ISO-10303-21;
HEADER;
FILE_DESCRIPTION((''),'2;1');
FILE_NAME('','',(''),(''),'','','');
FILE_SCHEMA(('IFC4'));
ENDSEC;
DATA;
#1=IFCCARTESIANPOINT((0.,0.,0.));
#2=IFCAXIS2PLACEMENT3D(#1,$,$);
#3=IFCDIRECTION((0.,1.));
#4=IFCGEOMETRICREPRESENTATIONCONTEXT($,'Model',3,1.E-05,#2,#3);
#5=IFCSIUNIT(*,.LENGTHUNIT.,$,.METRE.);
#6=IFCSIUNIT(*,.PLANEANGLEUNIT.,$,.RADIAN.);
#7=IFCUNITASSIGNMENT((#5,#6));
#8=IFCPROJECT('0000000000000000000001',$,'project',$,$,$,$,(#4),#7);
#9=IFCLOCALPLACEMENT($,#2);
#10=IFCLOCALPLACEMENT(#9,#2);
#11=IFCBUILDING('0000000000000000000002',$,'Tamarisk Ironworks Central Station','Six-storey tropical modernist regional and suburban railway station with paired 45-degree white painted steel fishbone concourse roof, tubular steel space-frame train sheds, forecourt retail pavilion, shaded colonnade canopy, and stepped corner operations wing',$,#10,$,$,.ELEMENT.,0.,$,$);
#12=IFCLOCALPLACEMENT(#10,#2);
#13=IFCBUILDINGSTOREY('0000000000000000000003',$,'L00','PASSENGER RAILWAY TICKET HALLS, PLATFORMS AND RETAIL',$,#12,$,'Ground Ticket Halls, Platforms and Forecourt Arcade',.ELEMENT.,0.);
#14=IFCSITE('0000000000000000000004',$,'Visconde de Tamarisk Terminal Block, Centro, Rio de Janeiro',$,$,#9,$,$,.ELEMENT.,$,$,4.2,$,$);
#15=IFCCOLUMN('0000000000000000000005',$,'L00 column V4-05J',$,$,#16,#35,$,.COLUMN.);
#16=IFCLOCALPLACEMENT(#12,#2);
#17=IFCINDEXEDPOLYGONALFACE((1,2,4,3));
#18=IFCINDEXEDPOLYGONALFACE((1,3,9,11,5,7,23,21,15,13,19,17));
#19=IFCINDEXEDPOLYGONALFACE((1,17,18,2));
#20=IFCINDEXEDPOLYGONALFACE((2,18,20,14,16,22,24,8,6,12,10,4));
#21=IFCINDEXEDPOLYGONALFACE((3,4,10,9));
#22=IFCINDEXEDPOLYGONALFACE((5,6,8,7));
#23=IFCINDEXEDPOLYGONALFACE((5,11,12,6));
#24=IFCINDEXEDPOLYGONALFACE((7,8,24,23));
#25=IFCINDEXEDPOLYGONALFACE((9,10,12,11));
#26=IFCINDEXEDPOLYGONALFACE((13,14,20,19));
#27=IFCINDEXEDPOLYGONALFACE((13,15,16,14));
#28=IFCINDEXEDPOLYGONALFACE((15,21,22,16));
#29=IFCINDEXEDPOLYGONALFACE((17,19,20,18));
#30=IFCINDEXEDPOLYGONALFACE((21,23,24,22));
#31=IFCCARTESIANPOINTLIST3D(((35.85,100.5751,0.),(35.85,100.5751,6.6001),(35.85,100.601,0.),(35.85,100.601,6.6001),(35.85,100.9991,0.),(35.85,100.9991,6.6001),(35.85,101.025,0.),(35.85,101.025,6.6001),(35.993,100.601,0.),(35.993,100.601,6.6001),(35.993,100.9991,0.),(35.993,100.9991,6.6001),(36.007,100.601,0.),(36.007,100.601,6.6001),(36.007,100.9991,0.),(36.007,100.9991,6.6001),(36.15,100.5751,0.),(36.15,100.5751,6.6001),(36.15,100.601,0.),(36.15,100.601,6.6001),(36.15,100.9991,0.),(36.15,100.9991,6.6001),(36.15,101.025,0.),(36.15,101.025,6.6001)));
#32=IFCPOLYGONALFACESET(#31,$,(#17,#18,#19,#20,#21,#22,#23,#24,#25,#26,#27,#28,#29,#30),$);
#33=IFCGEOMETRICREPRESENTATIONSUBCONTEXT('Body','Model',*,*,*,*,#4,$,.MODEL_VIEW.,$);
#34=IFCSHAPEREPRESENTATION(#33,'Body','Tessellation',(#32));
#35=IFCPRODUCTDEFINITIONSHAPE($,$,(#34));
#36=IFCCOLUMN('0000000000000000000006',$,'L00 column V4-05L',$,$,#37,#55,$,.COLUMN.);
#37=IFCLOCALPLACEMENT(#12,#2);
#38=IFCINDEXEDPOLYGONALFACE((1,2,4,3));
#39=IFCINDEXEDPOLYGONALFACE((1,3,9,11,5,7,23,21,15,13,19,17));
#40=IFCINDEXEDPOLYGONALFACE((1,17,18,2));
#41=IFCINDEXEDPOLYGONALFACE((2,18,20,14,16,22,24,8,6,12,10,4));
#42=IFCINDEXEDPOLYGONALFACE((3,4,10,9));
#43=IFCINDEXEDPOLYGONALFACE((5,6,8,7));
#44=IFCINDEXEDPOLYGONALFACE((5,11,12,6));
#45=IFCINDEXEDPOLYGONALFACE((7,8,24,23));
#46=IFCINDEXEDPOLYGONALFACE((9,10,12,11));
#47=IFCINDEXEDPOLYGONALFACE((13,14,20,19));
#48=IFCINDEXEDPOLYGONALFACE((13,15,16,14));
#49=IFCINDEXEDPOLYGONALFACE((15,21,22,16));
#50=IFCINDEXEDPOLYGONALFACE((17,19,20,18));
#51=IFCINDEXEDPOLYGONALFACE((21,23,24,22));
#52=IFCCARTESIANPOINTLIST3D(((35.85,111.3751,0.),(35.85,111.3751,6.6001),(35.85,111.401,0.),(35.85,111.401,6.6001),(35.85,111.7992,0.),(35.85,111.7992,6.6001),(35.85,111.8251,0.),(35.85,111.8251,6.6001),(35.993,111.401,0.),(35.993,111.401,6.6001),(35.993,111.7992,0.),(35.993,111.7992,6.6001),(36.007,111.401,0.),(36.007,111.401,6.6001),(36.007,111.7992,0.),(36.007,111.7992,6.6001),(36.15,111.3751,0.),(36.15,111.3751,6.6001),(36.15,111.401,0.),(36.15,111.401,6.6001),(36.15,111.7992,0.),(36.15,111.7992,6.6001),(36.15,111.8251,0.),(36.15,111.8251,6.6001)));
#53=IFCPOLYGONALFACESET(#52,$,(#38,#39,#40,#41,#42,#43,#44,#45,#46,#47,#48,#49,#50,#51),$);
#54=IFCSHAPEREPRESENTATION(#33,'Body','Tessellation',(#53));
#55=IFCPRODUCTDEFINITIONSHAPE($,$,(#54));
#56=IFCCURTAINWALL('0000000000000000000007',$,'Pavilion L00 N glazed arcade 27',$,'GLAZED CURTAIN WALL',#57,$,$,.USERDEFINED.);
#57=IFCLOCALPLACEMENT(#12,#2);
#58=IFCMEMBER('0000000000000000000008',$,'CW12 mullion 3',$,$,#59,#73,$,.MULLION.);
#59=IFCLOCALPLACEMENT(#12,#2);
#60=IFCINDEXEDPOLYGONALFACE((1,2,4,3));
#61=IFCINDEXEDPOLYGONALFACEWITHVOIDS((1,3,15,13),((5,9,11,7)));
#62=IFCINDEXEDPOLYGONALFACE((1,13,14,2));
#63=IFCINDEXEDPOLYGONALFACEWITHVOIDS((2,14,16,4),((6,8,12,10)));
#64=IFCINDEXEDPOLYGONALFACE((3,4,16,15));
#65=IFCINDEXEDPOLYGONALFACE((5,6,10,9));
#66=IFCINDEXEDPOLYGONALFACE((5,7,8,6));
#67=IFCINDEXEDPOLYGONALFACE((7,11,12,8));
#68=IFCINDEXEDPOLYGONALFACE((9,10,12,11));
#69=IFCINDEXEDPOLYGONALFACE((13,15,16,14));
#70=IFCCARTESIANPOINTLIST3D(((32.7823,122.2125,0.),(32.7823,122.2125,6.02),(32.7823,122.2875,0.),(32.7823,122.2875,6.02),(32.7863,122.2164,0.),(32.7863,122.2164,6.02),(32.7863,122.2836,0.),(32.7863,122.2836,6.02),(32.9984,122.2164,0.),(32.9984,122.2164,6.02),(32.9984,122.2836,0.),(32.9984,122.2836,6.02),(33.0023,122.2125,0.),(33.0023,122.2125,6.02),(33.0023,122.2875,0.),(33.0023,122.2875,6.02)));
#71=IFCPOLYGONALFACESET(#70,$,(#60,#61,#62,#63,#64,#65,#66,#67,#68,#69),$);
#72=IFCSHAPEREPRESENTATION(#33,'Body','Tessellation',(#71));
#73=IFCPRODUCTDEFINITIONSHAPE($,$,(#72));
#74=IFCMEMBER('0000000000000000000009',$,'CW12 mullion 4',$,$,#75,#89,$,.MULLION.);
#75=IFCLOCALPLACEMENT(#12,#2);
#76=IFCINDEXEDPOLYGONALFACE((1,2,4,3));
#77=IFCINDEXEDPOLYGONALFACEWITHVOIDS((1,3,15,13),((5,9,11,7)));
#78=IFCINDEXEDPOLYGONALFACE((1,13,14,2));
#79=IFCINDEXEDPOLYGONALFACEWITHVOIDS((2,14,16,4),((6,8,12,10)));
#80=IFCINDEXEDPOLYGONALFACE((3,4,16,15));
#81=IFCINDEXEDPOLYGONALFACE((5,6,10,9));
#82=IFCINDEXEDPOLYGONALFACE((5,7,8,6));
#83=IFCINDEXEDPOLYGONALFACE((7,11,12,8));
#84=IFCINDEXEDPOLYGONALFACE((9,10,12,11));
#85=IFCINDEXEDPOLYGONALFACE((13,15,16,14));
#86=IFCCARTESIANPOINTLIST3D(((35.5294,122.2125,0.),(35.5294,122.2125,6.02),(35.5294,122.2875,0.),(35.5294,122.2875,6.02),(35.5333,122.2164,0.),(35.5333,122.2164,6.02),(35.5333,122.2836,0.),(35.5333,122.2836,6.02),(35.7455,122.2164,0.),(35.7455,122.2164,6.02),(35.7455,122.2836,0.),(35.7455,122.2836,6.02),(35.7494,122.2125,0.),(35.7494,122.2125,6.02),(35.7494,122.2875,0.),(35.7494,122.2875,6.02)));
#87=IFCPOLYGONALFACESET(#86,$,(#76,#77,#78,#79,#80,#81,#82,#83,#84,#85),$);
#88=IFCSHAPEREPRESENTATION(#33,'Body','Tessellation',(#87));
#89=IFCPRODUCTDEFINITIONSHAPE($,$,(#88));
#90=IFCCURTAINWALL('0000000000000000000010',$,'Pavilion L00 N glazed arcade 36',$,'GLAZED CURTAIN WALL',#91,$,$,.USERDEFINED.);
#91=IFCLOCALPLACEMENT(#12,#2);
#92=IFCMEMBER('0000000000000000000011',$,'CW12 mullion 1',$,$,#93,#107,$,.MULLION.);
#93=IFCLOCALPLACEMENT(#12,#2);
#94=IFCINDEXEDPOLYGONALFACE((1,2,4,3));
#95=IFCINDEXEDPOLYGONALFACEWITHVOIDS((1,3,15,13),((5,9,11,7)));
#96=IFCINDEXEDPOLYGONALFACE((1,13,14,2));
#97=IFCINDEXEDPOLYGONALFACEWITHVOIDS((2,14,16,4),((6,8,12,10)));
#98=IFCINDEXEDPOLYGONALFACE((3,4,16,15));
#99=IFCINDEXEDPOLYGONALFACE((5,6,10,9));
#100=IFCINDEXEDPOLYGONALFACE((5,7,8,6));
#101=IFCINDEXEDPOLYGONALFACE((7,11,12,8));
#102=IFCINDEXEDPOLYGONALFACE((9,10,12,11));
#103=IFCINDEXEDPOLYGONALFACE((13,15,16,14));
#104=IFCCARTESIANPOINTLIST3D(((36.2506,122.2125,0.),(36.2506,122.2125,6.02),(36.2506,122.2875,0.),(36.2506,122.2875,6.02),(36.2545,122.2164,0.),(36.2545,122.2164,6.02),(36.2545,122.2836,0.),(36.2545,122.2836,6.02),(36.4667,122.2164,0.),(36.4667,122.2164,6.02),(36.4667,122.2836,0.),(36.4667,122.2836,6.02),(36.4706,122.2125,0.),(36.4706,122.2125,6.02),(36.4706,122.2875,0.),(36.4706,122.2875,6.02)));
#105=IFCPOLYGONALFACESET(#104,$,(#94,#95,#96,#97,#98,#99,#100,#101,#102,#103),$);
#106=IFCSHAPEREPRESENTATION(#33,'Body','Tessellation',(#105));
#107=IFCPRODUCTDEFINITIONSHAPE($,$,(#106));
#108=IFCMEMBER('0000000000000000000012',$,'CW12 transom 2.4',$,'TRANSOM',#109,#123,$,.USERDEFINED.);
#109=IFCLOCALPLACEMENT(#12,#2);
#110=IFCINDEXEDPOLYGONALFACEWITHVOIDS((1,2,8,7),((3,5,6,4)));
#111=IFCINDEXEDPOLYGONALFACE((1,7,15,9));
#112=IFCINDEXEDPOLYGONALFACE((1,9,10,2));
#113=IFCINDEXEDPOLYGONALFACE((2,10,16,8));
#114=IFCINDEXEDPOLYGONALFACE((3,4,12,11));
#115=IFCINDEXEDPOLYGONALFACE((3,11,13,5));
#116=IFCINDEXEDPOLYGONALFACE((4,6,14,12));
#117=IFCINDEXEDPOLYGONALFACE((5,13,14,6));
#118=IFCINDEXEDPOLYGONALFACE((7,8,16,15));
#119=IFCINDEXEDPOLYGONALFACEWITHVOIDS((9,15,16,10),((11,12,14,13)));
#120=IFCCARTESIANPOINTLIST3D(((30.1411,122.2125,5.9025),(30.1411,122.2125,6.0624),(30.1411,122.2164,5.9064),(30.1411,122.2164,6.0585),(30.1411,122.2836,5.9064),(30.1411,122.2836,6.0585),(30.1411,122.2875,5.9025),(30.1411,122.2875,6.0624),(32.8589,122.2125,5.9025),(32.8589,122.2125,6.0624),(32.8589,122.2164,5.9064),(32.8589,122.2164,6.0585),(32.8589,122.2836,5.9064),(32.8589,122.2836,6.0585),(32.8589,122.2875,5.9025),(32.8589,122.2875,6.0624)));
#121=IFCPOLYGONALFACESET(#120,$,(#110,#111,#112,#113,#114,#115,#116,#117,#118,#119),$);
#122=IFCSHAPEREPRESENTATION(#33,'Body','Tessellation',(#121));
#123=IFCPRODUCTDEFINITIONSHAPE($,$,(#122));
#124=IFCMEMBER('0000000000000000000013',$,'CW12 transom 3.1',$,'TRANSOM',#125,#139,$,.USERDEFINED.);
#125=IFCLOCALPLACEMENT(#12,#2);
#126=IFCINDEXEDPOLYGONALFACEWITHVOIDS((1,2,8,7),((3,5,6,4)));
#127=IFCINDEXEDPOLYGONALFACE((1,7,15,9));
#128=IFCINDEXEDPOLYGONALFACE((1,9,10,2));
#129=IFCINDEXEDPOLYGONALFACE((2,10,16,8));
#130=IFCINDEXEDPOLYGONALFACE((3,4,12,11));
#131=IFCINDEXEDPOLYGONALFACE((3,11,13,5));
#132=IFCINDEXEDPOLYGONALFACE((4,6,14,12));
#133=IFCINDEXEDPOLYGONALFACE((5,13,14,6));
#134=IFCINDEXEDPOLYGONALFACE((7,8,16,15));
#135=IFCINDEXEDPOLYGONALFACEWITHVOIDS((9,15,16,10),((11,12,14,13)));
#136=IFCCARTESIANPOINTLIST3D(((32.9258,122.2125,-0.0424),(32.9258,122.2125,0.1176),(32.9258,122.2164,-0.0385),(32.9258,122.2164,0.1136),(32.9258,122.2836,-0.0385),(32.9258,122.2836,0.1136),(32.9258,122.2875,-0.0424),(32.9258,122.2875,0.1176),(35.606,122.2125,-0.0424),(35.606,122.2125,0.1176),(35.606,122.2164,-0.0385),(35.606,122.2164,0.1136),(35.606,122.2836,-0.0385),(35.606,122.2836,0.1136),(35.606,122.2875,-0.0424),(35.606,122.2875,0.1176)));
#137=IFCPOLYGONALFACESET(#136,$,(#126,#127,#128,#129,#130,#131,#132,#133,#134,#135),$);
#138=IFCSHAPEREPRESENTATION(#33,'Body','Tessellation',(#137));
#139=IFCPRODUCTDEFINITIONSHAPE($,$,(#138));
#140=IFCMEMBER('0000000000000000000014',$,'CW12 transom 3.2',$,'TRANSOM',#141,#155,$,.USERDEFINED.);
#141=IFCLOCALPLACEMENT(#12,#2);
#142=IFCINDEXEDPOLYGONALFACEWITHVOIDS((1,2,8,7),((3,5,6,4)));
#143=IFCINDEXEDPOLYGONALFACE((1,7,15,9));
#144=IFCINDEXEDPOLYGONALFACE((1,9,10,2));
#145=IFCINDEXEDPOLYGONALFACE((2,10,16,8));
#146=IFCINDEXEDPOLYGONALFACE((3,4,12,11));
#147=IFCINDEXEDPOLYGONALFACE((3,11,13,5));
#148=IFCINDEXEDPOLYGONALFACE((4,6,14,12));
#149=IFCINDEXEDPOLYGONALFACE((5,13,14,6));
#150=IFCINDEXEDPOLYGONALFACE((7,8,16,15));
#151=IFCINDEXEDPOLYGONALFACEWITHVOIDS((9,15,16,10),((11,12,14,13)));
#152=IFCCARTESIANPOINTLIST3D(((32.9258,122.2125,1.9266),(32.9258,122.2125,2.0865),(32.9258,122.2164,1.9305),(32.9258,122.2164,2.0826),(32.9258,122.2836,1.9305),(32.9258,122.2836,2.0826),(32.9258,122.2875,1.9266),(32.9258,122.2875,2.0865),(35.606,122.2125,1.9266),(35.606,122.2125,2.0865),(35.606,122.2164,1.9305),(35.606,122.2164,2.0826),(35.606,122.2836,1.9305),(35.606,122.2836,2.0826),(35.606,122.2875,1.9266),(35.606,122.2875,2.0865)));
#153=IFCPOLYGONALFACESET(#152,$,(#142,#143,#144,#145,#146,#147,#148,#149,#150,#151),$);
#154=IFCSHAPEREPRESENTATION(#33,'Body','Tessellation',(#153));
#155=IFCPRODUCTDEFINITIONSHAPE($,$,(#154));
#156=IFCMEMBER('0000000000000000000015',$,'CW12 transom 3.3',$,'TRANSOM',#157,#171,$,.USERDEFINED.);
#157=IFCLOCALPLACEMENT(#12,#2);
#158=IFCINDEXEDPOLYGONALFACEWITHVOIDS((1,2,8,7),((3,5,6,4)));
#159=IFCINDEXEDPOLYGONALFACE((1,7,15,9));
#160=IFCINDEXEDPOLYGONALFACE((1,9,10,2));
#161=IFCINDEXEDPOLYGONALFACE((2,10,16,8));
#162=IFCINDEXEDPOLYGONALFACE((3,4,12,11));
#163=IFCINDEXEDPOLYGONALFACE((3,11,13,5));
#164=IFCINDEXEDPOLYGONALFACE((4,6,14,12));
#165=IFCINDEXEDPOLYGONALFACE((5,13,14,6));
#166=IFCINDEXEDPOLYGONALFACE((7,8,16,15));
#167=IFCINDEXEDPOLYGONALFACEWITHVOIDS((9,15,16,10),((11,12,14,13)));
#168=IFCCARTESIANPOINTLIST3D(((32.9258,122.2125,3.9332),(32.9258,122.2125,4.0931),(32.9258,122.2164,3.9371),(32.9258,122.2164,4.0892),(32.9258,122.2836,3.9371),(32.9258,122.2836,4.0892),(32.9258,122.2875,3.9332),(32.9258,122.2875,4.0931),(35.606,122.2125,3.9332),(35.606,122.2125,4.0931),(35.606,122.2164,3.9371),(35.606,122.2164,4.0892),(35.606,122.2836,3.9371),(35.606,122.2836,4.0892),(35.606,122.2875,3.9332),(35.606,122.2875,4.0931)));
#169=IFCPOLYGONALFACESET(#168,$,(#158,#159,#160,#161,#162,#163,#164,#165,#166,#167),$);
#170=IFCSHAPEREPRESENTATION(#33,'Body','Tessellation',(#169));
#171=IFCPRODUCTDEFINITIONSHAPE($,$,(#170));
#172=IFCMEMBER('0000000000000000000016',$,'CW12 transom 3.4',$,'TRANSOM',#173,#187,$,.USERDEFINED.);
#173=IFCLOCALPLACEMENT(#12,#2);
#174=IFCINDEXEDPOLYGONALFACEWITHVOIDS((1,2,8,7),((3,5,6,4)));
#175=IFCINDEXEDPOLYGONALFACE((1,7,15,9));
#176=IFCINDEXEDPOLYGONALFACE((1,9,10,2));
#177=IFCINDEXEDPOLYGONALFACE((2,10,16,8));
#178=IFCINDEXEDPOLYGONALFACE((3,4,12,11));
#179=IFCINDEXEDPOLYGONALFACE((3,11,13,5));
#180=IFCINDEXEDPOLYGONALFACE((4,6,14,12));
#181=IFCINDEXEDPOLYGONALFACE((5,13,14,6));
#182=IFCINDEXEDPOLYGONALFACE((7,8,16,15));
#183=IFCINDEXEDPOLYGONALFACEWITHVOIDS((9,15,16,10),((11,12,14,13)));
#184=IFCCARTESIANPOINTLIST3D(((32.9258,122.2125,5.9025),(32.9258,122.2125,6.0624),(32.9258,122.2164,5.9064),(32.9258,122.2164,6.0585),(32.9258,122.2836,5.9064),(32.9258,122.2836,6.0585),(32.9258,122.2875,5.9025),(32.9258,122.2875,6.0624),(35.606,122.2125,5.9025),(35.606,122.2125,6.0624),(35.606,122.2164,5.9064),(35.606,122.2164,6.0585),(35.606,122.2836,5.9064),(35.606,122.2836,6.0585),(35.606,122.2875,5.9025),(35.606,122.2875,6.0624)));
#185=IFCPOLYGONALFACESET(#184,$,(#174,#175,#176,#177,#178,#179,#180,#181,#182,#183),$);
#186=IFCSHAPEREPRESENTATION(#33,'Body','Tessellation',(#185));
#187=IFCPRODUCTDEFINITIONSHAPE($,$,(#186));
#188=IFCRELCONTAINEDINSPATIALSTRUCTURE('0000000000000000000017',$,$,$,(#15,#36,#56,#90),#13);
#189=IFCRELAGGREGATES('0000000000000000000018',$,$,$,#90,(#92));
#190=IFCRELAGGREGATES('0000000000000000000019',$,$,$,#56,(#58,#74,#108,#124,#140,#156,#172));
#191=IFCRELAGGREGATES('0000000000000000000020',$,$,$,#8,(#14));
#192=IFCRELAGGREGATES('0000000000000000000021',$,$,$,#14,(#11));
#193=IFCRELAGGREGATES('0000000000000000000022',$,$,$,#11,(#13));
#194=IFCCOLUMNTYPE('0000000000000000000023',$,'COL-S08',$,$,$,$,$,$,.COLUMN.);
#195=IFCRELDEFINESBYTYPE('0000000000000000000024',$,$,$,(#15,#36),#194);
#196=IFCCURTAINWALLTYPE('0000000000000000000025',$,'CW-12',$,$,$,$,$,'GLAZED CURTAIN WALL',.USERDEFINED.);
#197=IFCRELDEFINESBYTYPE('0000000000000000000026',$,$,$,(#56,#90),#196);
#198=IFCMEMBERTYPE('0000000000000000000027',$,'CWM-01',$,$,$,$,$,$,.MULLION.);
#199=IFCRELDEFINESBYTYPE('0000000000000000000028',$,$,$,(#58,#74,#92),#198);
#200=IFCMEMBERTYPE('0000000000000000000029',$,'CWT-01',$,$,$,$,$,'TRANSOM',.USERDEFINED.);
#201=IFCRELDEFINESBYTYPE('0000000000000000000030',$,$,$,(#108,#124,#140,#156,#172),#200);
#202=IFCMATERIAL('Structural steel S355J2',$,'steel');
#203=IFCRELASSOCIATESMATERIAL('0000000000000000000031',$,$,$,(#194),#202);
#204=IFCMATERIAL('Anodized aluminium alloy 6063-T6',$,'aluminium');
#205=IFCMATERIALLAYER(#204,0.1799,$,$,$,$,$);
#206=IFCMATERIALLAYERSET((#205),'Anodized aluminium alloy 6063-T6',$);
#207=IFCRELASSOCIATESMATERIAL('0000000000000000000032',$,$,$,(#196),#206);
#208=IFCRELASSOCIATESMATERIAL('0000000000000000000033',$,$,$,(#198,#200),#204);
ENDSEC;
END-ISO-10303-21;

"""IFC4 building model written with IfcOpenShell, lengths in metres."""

from ifc_helpers import new_model, si_unit, direction, frame, origin, origin_2d, place, context, subcontext, project, spatial, hollow_rectangle, i_section, extrude, material, layer, layer_set, material_profile, profile_set, type_object, element, aggregate, save


model = new_model("IFC4")

# Units and contexts
model_context = context("Model", 3, precision=1e-05, world=origin(), true_north=direction((0.0, 1.0)))
body_context = subcontext(model_context, "Body", "Model", "MODEL_VIEW")
ifc_project = project(units=[si_unit("LENGTHUNIT", "METRE"), si_unit("PLANEANGLEUNIT", "RADIAN")], contexts=[model_context])

# Site, building, storey
site_placement = place(None, origin())
site = spatial("IfcSite", under=ifc_project, at=site_placement, Name="Visconde de Tamarisk Terminal Block, Centro, Rio de Janeiro", CompositionType="ELEMENT", RefElevation=4.2)
building_placement = place(site_placement, origin())
building = spatial("IfcBuilding", under=site, at=building_placement, Name="Tamarisk Ironworks Central Station", Description="Six-storey tropical modernist regional and suburban railway station with paired 45-degree white painted steel fishbone concourse roof, tubular steel space-frame train sheds, forecourt retail pavilion, shaded colonnade canopy, and stepped corner operations wing", CompositionType="ELEMENT", ElevationOfRefHeight=0.0)
storey_placement = place(building_placement, origin())
storey = spatial("IfcBuildingStorey", under=building, at=storey_placement, Name="L00", Description="PASSENGER RAILWAY TICKET HALLS, PLATFORMS AND RETAIL", LongName="Ground Ticket Halls, Platforms and Forecourt Arcade", CompositionType="ELEMENT", Elevation=0.0)

# Columns
ifc_material_1 = material(Name="Structural steel S355J2", Category="steel")
ifc_material_profile_1 = material_profile(ifc_material_1, i_section(OverallWidth=0.3, OverallDepth=0.45, WebThickness=0.0139, FlangeThickness=0.0259, at=origin_2d()), Name="HEB 450")
ifc_profile_set_1 = profile_set([ifc_material_profile_1], Name="Structural steel S355J2")
column_type = type_object("IfcColumnType", Name="COL-S08", PredefinedType="COLUMN", material=ifc_profile_set_1)
for number, where, z_axis, x_axis, name in (
    (1, (36.0, 100.8, 0.0), (0.0, 0.0, 1.0), (1.0, 0.0, 0.0), "L00 column V4-05J"),
    (2, (36.0, 111.6001, 0.0), (0.0, 0.0, 1.0), (1.0, 0.0, 0.0), "L00 column V4-05L"),
):
    element("IfcColumn", number, at=place(storey_placement, frame(where, z_axis=z_axis, x_axis=x_axis)), inside=storey, type_object=column_type, Name=name, PredefinedType="COLUMN", context=body_context, shape_type="SweptSolid", body=[
        extrude(i_section(OverallWidth=0.3, OverallDepth=0.45, WebThickness=0.0139, FlangeThickness=0.0259, at=origin_2d()), origin(), (0.0, 0.0, 1.0), 6.6001),
    ])

# Curtain wall, members
ifc_material_2 = material(Name="Anodized aluminium alloy 6063-T6", Category="aluminium")
ifc_layer_1 = layer(ifc_material_2, 0.1799)
ifc_layer_set_1 = layer_set([ifc_layer_1], Name="Anodized aluminium alloy 6063-T6")
curtain_wall_type = type_object("IfcCurtainWallType", Name="CW-12", ElementType="GLAZED CURTAIN WALL", PredefinedType="USERDEFINED", material=ifc_layer_set_1)
curtain_wall_1_placement = place(storey_placement, origin())
curtain_wall_1 = element("IfcCurtainWall", 3, at=curtain_wall_1_placement, inside=storey, type_object=curtain_wall_type, Name="Pavilion L00 N glazed arcade 27", ObjectType="GLAZED CURTAIN WALL", PredefinedType="USERDEFINED")
ifc_material_profile_2 = material_profile(ifc_material_2, hollow_rectangle(XDim=0.075, YDim=0.22, WallThickness=0.0039, at=origin_2d()), Name="ALUM 220x75")
ifc_profile_set_2 = profile_set([ifc_material_profile_2], Name="Anodized aluminium alloy 6063-T6")
member_type_1 = type_object("IfcMemberType", Name="CWM-01", PredefinedType="MULLION", material=ifc_profile_set_2)
member_1_placement = place(storey_placement, frame((32.8923, 122.25, 0.0), z_axis=(0.0, 0.0, 1.0), x_axis=(0.0, 1.0, 0.0)))
member_1 = element("IfcMember", 4, at=member_1_placement, type_object=member_type_1, Name="CW12 mullion 3", PredefinedType="MULLION", context=body_context, shape_type="SweptSolid", body=[
    extrude(hollow_rectangle(XDim=0.075, YDim=0.22, WallThickness=0.0039, at=origin_2d()), origin(), (0.0, 0.0, 1.0), 6.02),
])
member_2_placement = place(storey_placement, frame((35.6394, 122.25, 0.0), z_axis=(0.0, 0.0, 1.0), x_axis=(0.0, 1.0, 0.0)))
member_2 = element("IfcMember", 5, at=member_2_placement, type_object=member_type_1, Name="CW12 mullion 4", PredefinedType="MULLION", context=body_context, shape_type="SweptSolid", body=[
    extrude(hollow_rectangle(XDim=0.075, YDim=0.22, WallThickness=0.0039, at=origin_2d()), origin(), (0.0, 0.0, 1.0), 6.02),
])

# Curtain wall, member
curtain_wall_2_placement = place(storey_placement, origin())
curtain_wall_2 = element("IfcCurtainWall", 6, at=curtain_wall_2_placement, inside=storey, type_object=curtain_wall_type, Name="Pavilion L00 N glazed arcade 36", ObjectType="GLAZED CURTAIN WALL", PredefinedType="USERDEFINED")
member_3_placement = place(storey_placement, frame((36.3606, 122.25, 0.0), z_axis=(0.0, 0.0, 1.0), x_axis=(0.0, 1.0, 0.0)))
member_3 = element("IfcMember", 7, at=member_3_placement, type_object=member_type_1, Name="CW12 mullion 1", PredefinedType="MULLION", context=body_context, shape_type="SweptSolid", body=[
    extrude(hollow_rectangle(XDim=0.075, YDim=0.22, WallThickness=0.0039, at=origin_2d()), origin(), (0.0, 0.0, 1.0), 6.02),
])
aggregate(curtain_wall_2, [member_3])

# Members
ifc_material_profile_3 = material_profile(ifc_material_2, hollow_rectangle(XDim=0.075, YDim=0.1599, WallThickness=0.0039, at=origin_2d()), Name="ALUM 160x75")
ifc_profile_set_3 = profile_set([ifc_material_profile_3], Name="Anodized aluminium alloy 6063-T6")
member_type_2 = type_object("IfcMemberType", Name="CWT-01", ElementType="TRANSOM", PredefinedType="USERDEFINED", material=ifc_profile_set_3)
member_4_placement = place(storey_placement, frame((30.1411, 122.25, 5.9824), z_axis=(1.0, 0.0, 0.0), x_axis=(0.0, 1.0, 0.0)))
member_4 = element("IfcMember", 8, at=member_4_placement, type_object=member_type_2, Name="CW12 transom 2.4", ObjectType="TRANSOM", PredefinedType="USERDEFINED", context=body_context, shape_type="SweptSolid", body=[
    extrude(hollow_rectangle(XDim=0.075, YDim=0.1599, WallThickness=0.0039, at=origin_2d()), origin(), (0.0, 0.0, 1.0), 2.7178),
])
member_5_placement = place(storey_placement, frame((32.9258, 122.25, 0.0376), z_axis=(1.0, 0.0, 0.0), x_axis=(0.0, 1.0, 0.0)))
member_5 = element("IfcMember", 9, at=member_5_placement, type_object=member_type_2, Name="CW12 transom 3.1", ObjectType="TRANSOM", PredefinedType="USERDEFINED", context=body_context, shape_type="SweptSolid", body=[
    extrude(hollow_rectangle(XDim=0.075, YDim=0.1599, WallThickness=0.0039, at=origin_2d()), origin(), (0.0, 0.0, 1.0), 2.6802),
])
member_6_placement = place(storey_placement, frame((32.9258, 122.25, 2.0066), z_axis=(1.0, 0.0, 0.0), x_axis=(0.0, 1.0, 0.0)))
member_6 = element("IfcMember", 10, at=member_6_placement, type_object=member_type_2, Name="CW12 transom 3.2", ObjectType="TRANSOM", PredefinedType="USERDEFINED", context=body_context, shape_type="SweptSolid", body=[
    extrude(hollow_rectangle(XDim=0.075, YDim=0.1599, WallThickness=0.0039, at=origin_2d()), origin(), (0.0, 0.0, 1.0), 2.6802),
])
member_7_placement = place(storey_placement, frame((32.9258, 122.25, 4.0132), z_axis=(1.0, 0.0, 0.0), x_axis=(0.0, 1.0, 0.0)))
member_7 = element("IfcMember", 11, at=member_7_placement, type_object=member_type_2, Name="CW12 transom 3.3", ObjectType="TRANSOM", PredefinedType="USERDEFINED", context=body_context, shape_type="SweptSolid", body=[
    extrude(hollow_rectangle(XDim=0.075, YDim=0.1599, WallThickness=0.0039, at=origin_2d()), origin(), (0.0, 0.0, 1.0), 2.6802),
])
member_8_placement = place(storey_placement, frame((32.9258, 122.25, 5.9824), z_axis=(1.0, 0.0, 0.0), x_axis=(0.0, 1.0, 0.0)))
member_8 = element("IfcMember", 12, at=member_8_placement, type_object=member_type_2, Name="CW12 transom 3.4", ObjectType="TRANSOM", PredefinedType="USERDEFINED", context=body_context, shape_type="SweptSolid", body=[
    extrude(hollow_rectangle(XDim=0.075, YDim=0.1599, WallThickness=0.0039, at=origin_2d()), origin(), (0.0, 0.0, 1.0), 2.6802),
])

aggregate(curtain_wall_1, [member_1, member_2, member_4, member_5, member_6, member_7, member_8])

save(model, "model.ifc")
